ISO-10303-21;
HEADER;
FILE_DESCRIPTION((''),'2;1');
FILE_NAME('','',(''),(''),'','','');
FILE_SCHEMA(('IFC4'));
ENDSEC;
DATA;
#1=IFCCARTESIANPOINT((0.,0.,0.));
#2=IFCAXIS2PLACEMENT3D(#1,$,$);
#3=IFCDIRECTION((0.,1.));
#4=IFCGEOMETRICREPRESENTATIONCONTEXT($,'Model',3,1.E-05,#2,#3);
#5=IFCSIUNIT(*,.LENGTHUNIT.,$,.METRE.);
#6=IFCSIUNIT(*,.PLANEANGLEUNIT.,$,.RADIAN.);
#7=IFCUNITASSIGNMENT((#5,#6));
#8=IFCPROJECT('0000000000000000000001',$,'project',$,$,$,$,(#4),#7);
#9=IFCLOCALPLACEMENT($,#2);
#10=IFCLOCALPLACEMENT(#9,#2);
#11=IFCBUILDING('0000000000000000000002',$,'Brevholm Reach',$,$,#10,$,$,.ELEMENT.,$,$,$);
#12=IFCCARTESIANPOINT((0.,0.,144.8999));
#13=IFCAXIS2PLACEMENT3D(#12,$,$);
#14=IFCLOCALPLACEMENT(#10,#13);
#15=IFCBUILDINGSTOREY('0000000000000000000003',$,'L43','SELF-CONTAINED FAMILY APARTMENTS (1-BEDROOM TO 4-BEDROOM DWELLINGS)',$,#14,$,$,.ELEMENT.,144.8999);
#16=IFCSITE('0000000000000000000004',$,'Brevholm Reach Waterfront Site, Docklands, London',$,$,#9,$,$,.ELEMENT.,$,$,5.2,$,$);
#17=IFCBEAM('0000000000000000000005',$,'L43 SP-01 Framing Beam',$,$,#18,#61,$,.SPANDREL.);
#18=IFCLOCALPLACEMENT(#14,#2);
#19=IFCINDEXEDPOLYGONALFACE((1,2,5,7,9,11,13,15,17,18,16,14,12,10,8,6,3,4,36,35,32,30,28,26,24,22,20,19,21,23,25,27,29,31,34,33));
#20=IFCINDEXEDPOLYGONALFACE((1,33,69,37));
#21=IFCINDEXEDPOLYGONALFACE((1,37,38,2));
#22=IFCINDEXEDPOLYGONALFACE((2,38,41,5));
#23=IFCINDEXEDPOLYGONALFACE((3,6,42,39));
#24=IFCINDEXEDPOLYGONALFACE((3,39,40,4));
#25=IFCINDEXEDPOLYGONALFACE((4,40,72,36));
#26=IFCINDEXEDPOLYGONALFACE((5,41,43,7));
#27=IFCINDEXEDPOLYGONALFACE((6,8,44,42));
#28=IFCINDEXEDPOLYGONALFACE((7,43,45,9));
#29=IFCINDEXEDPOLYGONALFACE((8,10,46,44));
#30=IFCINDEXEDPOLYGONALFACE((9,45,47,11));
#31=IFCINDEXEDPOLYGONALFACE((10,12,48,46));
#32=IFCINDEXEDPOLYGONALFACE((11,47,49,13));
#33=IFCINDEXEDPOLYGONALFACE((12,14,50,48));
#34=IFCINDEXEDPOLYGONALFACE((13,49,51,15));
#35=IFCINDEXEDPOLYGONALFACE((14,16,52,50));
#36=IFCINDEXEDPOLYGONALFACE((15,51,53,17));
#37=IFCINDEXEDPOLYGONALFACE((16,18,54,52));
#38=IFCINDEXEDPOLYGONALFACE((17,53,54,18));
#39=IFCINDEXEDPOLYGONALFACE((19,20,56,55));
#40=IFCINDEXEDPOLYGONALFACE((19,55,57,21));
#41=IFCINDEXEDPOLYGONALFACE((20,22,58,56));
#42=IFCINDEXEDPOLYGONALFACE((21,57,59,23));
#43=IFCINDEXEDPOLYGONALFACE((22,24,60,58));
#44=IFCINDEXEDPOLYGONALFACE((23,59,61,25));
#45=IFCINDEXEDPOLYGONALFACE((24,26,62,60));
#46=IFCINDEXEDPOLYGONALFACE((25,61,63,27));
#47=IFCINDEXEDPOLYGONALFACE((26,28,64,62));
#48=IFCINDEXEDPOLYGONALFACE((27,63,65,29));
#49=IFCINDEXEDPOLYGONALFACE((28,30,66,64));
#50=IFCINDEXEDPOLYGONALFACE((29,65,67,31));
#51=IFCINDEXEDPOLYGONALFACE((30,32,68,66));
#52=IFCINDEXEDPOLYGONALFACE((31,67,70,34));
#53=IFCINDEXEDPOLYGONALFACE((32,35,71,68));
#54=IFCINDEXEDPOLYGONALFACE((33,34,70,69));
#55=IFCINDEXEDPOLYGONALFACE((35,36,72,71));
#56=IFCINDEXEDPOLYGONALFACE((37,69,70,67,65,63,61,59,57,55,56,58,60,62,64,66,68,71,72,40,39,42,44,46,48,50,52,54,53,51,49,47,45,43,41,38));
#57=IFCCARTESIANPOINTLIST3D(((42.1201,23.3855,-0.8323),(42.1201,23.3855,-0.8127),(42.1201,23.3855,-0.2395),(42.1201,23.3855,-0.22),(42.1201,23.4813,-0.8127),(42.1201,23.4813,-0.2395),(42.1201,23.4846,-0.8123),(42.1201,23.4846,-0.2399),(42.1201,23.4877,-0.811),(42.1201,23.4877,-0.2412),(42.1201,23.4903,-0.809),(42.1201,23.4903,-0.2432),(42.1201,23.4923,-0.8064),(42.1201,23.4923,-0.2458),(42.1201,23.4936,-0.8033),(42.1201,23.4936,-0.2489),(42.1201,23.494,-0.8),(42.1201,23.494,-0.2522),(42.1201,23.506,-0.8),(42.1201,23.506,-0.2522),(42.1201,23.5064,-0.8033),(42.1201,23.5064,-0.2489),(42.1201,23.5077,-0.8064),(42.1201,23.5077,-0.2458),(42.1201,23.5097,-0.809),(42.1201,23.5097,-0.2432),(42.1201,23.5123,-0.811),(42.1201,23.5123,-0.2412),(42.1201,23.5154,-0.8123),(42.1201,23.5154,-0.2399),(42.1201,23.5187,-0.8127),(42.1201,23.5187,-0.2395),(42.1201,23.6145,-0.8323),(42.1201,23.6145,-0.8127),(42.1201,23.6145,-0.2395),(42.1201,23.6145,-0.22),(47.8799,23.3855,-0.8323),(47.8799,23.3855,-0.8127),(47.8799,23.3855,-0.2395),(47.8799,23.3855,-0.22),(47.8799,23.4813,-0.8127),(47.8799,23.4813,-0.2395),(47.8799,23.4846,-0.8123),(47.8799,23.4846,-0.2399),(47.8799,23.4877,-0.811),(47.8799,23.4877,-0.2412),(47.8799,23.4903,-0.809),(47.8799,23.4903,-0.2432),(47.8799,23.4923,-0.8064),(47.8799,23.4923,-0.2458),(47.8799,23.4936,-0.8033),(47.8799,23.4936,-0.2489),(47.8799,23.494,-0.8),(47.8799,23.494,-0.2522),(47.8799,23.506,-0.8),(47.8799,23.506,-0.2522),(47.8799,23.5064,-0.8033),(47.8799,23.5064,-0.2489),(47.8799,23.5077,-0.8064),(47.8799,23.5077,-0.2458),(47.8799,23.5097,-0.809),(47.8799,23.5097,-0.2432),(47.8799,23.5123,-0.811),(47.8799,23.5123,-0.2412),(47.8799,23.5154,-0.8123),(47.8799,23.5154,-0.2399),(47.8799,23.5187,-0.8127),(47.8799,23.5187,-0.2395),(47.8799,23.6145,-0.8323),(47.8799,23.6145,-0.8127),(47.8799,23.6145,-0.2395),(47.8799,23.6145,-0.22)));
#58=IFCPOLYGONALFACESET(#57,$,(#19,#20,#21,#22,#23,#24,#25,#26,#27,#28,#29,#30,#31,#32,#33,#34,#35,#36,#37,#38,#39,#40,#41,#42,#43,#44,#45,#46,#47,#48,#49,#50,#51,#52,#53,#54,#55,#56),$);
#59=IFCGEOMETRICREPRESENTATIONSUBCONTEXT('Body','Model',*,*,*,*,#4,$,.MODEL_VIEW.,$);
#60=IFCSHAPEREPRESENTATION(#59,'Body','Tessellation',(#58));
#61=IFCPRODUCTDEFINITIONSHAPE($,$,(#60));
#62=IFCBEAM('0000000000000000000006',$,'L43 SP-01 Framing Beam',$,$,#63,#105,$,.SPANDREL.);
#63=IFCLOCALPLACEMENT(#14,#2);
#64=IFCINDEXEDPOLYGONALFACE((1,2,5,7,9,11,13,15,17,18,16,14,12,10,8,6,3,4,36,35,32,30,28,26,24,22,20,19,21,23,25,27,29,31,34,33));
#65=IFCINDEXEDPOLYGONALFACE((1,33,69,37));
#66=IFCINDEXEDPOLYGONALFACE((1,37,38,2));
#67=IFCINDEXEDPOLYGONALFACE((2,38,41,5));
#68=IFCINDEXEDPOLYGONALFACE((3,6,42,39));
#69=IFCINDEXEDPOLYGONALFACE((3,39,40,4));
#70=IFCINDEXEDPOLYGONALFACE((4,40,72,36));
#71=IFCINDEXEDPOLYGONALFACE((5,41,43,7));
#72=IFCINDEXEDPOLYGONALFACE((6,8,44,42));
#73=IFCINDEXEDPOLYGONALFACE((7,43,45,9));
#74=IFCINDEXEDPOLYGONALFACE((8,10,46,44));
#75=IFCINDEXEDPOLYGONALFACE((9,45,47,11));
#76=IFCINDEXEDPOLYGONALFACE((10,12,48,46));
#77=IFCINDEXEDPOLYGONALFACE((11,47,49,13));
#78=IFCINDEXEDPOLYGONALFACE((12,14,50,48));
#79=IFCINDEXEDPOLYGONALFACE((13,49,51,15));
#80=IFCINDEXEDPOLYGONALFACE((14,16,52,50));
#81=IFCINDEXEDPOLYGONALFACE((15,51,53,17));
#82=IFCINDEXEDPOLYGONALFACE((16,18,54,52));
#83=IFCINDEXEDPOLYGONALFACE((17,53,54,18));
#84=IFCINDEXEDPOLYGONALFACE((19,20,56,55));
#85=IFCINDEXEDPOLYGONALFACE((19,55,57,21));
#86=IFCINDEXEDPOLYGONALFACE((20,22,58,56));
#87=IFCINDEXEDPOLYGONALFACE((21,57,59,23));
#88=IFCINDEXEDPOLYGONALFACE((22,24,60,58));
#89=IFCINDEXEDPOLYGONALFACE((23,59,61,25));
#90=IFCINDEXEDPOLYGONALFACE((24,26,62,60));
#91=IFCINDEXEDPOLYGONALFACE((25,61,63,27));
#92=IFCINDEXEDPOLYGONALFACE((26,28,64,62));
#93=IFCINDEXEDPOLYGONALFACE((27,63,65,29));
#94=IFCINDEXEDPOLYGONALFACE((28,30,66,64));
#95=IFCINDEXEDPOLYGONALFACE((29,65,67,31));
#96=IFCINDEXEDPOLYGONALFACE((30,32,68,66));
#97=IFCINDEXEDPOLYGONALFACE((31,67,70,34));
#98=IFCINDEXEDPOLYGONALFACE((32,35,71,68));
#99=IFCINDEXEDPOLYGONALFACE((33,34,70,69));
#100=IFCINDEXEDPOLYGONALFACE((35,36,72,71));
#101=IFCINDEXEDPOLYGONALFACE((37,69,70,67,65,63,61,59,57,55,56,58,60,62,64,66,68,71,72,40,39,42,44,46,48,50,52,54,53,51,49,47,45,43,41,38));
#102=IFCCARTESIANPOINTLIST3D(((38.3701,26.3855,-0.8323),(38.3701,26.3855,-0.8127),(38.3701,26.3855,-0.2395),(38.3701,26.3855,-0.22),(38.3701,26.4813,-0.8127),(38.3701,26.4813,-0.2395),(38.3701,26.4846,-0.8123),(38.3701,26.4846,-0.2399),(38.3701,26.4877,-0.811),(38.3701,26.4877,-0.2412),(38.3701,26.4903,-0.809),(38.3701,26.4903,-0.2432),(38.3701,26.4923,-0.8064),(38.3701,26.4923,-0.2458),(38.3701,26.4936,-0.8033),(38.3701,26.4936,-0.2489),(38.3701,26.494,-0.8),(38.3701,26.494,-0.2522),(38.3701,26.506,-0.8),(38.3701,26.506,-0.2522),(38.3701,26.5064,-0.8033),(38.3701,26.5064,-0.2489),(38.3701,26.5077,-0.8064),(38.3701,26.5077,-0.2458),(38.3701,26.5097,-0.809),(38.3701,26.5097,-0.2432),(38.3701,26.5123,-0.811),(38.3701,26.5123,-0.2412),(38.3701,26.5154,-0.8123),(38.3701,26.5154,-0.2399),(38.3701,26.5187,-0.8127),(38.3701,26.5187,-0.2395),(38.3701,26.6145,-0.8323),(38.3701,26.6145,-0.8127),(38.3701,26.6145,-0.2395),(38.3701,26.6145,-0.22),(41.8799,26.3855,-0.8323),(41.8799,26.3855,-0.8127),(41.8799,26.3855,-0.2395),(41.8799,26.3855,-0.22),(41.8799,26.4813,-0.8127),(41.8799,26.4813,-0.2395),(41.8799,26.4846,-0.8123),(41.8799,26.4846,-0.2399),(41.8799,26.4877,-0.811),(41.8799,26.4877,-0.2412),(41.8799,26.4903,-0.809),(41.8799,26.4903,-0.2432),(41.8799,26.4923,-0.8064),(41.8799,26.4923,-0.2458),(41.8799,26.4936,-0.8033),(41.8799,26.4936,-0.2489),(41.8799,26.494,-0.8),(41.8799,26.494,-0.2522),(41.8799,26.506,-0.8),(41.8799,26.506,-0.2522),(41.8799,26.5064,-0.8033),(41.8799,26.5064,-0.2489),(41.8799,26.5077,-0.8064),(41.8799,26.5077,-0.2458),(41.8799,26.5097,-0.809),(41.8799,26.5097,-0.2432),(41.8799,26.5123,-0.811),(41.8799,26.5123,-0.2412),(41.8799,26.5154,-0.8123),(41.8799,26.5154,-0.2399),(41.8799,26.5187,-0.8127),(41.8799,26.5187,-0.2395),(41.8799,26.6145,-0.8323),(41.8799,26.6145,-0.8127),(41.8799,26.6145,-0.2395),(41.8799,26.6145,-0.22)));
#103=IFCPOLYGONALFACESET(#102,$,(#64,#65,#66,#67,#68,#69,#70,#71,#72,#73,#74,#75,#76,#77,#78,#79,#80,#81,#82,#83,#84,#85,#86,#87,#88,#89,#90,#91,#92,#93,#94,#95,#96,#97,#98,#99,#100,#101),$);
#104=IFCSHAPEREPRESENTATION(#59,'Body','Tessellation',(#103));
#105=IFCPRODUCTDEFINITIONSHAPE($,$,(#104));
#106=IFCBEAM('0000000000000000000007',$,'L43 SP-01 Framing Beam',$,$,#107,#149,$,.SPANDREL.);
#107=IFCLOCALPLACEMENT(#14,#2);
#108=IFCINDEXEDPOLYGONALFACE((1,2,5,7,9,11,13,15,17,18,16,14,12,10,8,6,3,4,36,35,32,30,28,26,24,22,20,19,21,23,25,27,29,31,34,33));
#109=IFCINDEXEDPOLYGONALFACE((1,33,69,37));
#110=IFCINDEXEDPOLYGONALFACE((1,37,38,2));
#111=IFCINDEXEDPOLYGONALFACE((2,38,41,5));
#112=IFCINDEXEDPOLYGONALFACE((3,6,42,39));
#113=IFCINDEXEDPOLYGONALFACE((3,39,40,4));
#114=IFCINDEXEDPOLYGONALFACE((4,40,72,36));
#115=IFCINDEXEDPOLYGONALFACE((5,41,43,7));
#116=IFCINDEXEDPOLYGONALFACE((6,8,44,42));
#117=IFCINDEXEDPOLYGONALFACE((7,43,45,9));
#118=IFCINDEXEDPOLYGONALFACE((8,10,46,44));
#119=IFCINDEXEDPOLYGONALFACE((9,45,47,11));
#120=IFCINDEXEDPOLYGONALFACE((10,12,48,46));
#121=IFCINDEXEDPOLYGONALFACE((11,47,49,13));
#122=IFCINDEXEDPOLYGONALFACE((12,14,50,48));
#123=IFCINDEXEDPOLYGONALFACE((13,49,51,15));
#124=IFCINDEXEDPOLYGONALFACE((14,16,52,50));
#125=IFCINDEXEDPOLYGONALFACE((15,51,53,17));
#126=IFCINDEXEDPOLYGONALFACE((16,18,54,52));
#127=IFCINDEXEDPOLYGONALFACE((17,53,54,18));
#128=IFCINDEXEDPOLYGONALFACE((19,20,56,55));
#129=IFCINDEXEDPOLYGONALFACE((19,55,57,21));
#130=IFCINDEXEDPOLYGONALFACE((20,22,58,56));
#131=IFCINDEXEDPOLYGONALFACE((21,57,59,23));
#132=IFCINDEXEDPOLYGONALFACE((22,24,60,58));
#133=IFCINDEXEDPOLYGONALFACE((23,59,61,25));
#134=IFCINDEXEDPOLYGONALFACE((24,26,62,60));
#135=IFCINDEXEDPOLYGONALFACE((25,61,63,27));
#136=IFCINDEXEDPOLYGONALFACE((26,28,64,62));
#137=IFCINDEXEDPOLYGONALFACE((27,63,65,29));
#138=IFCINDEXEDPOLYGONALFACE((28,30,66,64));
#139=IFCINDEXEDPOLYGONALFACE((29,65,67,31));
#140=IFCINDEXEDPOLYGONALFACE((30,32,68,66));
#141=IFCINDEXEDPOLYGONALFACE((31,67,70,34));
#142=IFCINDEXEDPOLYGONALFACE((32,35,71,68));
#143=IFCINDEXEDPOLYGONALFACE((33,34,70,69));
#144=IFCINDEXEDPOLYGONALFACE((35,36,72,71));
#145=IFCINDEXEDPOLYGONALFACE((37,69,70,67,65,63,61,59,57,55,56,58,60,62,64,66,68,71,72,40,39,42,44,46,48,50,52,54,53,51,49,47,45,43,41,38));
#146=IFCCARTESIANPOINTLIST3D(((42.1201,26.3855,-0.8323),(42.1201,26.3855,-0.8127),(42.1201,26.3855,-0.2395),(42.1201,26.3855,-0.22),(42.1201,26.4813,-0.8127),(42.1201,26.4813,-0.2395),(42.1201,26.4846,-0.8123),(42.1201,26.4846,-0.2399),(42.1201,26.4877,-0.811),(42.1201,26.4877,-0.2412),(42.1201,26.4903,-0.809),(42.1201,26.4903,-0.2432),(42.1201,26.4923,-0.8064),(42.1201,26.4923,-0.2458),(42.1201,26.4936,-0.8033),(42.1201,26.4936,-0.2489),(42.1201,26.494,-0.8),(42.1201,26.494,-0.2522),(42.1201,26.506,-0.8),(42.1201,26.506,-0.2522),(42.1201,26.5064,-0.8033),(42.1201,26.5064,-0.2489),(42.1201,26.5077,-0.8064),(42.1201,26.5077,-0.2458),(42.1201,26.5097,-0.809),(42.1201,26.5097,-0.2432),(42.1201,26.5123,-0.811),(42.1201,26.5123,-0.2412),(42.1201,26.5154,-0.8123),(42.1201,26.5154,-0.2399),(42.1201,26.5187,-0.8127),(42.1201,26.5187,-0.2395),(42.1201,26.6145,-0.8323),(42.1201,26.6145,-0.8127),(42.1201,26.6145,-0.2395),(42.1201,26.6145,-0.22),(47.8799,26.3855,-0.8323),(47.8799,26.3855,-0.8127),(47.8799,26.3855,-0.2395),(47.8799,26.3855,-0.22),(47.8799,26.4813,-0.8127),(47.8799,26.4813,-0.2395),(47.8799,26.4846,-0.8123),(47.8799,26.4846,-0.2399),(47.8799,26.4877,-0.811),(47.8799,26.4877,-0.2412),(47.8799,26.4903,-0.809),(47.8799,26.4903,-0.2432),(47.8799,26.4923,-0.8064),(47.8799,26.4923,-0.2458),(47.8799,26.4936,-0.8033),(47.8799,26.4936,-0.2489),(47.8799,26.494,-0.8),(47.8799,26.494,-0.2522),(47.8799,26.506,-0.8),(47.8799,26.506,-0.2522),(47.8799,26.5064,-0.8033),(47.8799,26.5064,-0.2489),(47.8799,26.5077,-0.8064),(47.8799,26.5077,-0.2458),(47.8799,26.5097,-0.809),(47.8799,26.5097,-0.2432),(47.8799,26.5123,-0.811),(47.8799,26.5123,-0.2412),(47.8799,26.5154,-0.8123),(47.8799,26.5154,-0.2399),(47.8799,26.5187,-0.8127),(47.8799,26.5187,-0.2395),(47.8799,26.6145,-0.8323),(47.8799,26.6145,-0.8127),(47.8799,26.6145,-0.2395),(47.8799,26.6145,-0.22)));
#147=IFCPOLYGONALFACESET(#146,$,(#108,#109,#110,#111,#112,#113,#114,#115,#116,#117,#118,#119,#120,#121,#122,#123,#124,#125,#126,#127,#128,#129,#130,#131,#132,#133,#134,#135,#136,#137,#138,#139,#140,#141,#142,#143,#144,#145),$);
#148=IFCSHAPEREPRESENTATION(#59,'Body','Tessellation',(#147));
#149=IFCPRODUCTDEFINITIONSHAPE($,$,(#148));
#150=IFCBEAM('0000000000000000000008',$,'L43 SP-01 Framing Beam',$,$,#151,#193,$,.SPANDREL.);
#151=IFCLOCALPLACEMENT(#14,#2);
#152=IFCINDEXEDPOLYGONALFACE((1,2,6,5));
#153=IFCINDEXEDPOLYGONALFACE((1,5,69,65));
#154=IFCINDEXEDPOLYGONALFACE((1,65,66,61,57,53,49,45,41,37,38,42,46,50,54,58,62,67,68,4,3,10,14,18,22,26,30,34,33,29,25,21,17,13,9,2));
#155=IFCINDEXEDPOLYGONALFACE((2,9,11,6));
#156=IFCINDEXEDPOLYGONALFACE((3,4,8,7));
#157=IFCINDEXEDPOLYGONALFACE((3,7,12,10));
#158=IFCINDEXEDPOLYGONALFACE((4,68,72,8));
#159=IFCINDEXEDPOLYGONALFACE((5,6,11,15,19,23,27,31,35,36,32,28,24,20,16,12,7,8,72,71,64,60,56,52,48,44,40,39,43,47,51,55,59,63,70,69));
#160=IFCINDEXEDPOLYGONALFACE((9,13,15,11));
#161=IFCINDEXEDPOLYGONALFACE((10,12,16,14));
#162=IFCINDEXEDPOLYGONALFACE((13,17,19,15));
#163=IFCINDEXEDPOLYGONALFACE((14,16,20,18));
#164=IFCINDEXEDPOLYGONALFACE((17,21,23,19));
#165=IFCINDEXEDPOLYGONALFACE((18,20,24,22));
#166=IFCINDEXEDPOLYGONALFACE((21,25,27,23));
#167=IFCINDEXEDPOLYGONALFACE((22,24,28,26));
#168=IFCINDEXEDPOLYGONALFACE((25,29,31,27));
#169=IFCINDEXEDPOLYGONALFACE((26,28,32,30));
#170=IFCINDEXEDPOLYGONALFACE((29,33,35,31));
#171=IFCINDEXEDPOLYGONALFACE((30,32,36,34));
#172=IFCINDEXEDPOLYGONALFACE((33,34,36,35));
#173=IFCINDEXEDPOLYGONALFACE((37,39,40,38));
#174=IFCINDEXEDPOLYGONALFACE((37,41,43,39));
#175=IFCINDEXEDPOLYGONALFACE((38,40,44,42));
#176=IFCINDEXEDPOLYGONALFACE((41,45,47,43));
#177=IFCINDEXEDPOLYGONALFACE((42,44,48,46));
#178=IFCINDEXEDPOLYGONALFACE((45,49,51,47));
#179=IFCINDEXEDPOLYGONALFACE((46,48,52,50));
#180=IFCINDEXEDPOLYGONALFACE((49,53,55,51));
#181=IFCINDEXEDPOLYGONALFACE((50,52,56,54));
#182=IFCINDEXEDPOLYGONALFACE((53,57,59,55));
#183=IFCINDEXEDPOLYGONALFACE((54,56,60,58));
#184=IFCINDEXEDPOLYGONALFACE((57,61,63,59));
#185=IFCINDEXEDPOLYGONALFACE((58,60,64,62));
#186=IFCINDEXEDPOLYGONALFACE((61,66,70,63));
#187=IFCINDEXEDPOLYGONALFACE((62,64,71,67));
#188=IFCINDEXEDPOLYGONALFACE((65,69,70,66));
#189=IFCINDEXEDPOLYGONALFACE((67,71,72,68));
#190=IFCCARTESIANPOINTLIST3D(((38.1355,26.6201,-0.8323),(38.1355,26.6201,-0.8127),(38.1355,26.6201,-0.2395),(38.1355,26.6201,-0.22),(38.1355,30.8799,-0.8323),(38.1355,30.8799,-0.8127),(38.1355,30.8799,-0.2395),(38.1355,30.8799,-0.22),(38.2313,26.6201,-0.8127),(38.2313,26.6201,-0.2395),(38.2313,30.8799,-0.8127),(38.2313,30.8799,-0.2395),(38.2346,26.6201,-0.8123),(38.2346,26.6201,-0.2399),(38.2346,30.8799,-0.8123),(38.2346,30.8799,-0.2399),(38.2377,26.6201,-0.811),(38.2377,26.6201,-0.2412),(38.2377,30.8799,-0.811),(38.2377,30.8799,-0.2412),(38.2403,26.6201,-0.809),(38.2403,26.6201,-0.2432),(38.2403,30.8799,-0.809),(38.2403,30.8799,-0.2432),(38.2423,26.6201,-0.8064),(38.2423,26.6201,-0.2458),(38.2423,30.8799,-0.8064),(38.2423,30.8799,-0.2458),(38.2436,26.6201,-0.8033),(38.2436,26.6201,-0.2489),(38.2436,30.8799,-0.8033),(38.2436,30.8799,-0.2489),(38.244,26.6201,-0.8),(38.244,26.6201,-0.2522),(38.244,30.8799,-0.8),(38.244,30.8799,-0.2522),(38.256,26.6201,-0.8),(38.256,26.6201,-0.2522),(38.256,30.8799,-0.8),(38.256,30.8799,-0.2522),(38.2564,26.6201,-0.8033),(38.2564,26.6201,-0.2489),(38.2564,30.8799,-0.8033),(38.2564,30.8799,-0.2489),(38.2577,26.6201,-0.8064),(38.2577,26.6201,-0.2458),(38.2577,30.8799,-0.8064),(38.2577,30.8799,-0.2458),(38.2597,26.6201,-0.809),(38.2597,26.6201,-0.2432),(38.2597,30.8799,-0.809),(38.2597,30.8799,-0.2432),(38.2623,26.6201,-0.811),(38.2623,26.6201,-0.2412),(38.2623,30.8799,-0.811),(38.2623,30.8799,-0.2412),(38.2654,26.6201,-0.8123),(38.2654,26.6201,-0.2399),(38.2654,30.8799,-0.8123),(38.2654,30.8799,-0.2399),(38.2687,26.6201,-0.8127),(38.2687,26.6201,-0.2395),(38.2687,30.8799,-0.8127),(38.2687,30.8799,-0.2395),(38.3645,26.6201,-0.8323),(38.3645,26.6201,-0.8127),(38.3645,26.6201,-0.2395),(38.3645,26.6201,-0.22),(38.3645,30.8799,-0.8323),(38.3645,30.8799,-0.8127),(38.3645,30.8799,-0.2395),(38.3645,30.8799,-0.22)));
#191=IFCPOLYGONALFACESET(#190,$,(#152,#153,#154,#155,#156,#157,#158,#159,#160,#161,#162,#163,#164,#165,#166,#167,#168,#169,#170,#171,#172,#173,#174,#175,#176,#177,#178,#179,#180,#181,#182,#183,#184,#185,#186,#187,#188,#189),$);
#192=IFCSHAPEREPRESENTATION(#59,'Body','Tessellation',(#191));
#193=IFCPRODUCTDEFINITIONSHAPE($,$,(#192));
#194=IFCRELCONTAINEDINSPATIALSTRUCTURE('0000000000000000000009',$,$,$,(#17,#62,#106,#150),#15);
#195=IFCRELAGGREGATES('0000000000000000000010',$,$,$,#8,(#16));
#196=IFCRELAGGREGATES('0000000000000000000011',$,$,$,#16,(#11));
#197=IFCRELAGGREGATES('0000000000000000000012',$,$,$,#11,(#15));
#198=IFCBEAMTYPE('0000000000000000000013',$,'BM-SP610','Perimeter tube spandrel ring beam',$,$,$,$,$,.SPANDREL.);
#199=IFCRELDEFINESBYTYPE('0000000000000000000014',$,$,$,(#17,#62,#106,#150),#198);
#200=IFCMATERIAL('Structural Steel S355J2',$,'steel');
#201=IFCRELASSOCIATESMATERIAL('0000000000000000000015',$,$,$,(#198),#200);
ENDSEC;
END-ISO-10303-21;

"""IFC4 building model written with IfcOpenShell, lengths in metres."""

from ifc_helpers import new_model, si_unit, direction, frame, origin, origin_2d, place, context, subcontext, project, spatial, i_section, extrude, material, material_profile, profile_set, type_object, element, save


model = new_model("IFC4")

# Units and contexts
model_context = context("Model", 3, precision=1e-05, world=origin(), true_north=direction((0.0, 1.0)))
body_context = subcontext(model_context, "Body", "Model", "MODEL_VIEW")
ifc_project = project(units=[si_unit("LENGTHUNIT", "METRE"), si_unit("PLANEANGLEUNIT", "RADIAN")], contexts=[model_context])

# Site, building, storey
site_placement = place(None, origin())
site = spatial("IfcSite", under=ifc_project, at=site_placement, Name="Brevholm Reach Waterfront Site, Docklands, London", CompositionType="ELEMENT", RefElevation=5.2)
building_placement = place(site_placement, origin())
building = spatial("IfcBuilding", under=site, at=building_placement, Name="Brevholm Reach", CompositionType="ELEMENT")
storey_placement = place(building_placement, frame((0.0, 0.0, 144.8999)))
storey = spatial("IfcBuildingStorey", under=building, at=storey_placement, Name="L43", Description="SELF-CONTAINED FAMILY APARTMENTS (1-BEDROOM TO 4-BEDROOM DWELLINGS)", CompositionType="ELEMENT", Elevation=144.8999)

# Beams
ifc_material_1 = material(Name="Structural Steel S355J2", Category="steel")
ifc_material_profile_1 = material_profile(ifc_material_1, i_section(OverallWidth=0.229, OverallDepth=0.6123, WebThickness=0.012, FlangeThickness=0.0195, FilletRadius=0.0127, at=origin_2d()), Name="UKB 610x229x125")
ifc_profile_set_1 = profile_set([ifc_material_profile_1], Name="Structural Steel S355J2")
beam_type_1 = type_object("IfcBeamType", Name="BM-SP610", Description="Perimeter tube spandrel ring beam", PredefinedType="SPANDREL", material=ifc_profile_set_1)
beam_1_placement = place(storey_placement, frame((42.1201, 23.5, -0.5261), z_axis=(1.0, 0.0, 0.0), x_axis=(0.0, 1.0, 0.0)))
element("IfcBeam", 1, at=beam_1_placement, inside=storey, type_object=beam_type_1, Name="L43 SP-01 Framing Beam", PredefinedType="SPANDREL", context=body_context, shape_type="SweptSolid", body=[
    extrude(i_section(OverallWidth=0.229, OverallDepth=0.6123, WebThickness=0.012, FlangeThickness=0.0195, FilletRadius=0.0127, at=origin_2d()), origin(), (0.0, 0.0, 1.0), 5.7598),
])
beam_2_placement = place(storey_placement, frame((38.3701, 26.5, -0.5261), z_axis=(1.0, 0.0, 0.0), x_axis=(0.0, 1.0, 0.0)))
element("IfcBeam", 2, at=beam_2_placement, inside=storey, type_object=beam_type_1, Name="L43 SP-01 Framing Beam", PredefinedType="SPANDREL", context=body_context, shape_type="SweptSolid", body=[
    extrude(i_section(OverallWidth=0.229, OverallDepth=0.6123, WebThickness=0.012, FlangeThickness=0.0195, FilletRadius=0.0127, at=origin_2d()), origin(), (0.0, 0.0, 1.0), 3.5098),
])
beam_3_placement = place(storey_placement, frame((42.1201, 26.5, -0.5261), z_axis=(1.0, 0.0, 0.0), x_axis=(0.0, 1.0, 0.0)))
element("IfcBeam", 3, at=beam_3_placement, inside=storey, type_object=beam_type_1, Name="L43 SP-01 Framing Beam", PredefinedType="SPANDREL", context=body_context, shape_type="SweptSolid", body=[
    extrude(i_section(OverallWidth=0.229, OverallDepth=0.6123, WebThickness=0.012, FlangeThickness=0.0195, FilletRadius=0.0127, at=origin_2d()), origin(), (0.0, 0.0, 1.0), 5.7598),
])
beam_4_placement = place(storey_placement, frame((38.25, 26.6201, -0.5261), z_axis=(0.0, 1.0, 0.0), x_axis=(-1.0, 0.0, 0.0)))
element("IfcBeam", 4, at=beam_4_placement, inside=storey, type_object=beam_type_1, Name="L43 SP-01 Framing Beam", PredefinedType="SPANDREL", context=body_context, shape_type="SweptSolid", body=[
    extrude(i_section(OverallWidth=0.229, OverallDepth=0.6123, WebThickness=0.012, FlangeThickness=0.0195, FilletRadius=0.0127, at=origin_2d()), origin(), (0.0, 0.0, 1.0), 4.2598),
])

save(model, "model.ifc")
